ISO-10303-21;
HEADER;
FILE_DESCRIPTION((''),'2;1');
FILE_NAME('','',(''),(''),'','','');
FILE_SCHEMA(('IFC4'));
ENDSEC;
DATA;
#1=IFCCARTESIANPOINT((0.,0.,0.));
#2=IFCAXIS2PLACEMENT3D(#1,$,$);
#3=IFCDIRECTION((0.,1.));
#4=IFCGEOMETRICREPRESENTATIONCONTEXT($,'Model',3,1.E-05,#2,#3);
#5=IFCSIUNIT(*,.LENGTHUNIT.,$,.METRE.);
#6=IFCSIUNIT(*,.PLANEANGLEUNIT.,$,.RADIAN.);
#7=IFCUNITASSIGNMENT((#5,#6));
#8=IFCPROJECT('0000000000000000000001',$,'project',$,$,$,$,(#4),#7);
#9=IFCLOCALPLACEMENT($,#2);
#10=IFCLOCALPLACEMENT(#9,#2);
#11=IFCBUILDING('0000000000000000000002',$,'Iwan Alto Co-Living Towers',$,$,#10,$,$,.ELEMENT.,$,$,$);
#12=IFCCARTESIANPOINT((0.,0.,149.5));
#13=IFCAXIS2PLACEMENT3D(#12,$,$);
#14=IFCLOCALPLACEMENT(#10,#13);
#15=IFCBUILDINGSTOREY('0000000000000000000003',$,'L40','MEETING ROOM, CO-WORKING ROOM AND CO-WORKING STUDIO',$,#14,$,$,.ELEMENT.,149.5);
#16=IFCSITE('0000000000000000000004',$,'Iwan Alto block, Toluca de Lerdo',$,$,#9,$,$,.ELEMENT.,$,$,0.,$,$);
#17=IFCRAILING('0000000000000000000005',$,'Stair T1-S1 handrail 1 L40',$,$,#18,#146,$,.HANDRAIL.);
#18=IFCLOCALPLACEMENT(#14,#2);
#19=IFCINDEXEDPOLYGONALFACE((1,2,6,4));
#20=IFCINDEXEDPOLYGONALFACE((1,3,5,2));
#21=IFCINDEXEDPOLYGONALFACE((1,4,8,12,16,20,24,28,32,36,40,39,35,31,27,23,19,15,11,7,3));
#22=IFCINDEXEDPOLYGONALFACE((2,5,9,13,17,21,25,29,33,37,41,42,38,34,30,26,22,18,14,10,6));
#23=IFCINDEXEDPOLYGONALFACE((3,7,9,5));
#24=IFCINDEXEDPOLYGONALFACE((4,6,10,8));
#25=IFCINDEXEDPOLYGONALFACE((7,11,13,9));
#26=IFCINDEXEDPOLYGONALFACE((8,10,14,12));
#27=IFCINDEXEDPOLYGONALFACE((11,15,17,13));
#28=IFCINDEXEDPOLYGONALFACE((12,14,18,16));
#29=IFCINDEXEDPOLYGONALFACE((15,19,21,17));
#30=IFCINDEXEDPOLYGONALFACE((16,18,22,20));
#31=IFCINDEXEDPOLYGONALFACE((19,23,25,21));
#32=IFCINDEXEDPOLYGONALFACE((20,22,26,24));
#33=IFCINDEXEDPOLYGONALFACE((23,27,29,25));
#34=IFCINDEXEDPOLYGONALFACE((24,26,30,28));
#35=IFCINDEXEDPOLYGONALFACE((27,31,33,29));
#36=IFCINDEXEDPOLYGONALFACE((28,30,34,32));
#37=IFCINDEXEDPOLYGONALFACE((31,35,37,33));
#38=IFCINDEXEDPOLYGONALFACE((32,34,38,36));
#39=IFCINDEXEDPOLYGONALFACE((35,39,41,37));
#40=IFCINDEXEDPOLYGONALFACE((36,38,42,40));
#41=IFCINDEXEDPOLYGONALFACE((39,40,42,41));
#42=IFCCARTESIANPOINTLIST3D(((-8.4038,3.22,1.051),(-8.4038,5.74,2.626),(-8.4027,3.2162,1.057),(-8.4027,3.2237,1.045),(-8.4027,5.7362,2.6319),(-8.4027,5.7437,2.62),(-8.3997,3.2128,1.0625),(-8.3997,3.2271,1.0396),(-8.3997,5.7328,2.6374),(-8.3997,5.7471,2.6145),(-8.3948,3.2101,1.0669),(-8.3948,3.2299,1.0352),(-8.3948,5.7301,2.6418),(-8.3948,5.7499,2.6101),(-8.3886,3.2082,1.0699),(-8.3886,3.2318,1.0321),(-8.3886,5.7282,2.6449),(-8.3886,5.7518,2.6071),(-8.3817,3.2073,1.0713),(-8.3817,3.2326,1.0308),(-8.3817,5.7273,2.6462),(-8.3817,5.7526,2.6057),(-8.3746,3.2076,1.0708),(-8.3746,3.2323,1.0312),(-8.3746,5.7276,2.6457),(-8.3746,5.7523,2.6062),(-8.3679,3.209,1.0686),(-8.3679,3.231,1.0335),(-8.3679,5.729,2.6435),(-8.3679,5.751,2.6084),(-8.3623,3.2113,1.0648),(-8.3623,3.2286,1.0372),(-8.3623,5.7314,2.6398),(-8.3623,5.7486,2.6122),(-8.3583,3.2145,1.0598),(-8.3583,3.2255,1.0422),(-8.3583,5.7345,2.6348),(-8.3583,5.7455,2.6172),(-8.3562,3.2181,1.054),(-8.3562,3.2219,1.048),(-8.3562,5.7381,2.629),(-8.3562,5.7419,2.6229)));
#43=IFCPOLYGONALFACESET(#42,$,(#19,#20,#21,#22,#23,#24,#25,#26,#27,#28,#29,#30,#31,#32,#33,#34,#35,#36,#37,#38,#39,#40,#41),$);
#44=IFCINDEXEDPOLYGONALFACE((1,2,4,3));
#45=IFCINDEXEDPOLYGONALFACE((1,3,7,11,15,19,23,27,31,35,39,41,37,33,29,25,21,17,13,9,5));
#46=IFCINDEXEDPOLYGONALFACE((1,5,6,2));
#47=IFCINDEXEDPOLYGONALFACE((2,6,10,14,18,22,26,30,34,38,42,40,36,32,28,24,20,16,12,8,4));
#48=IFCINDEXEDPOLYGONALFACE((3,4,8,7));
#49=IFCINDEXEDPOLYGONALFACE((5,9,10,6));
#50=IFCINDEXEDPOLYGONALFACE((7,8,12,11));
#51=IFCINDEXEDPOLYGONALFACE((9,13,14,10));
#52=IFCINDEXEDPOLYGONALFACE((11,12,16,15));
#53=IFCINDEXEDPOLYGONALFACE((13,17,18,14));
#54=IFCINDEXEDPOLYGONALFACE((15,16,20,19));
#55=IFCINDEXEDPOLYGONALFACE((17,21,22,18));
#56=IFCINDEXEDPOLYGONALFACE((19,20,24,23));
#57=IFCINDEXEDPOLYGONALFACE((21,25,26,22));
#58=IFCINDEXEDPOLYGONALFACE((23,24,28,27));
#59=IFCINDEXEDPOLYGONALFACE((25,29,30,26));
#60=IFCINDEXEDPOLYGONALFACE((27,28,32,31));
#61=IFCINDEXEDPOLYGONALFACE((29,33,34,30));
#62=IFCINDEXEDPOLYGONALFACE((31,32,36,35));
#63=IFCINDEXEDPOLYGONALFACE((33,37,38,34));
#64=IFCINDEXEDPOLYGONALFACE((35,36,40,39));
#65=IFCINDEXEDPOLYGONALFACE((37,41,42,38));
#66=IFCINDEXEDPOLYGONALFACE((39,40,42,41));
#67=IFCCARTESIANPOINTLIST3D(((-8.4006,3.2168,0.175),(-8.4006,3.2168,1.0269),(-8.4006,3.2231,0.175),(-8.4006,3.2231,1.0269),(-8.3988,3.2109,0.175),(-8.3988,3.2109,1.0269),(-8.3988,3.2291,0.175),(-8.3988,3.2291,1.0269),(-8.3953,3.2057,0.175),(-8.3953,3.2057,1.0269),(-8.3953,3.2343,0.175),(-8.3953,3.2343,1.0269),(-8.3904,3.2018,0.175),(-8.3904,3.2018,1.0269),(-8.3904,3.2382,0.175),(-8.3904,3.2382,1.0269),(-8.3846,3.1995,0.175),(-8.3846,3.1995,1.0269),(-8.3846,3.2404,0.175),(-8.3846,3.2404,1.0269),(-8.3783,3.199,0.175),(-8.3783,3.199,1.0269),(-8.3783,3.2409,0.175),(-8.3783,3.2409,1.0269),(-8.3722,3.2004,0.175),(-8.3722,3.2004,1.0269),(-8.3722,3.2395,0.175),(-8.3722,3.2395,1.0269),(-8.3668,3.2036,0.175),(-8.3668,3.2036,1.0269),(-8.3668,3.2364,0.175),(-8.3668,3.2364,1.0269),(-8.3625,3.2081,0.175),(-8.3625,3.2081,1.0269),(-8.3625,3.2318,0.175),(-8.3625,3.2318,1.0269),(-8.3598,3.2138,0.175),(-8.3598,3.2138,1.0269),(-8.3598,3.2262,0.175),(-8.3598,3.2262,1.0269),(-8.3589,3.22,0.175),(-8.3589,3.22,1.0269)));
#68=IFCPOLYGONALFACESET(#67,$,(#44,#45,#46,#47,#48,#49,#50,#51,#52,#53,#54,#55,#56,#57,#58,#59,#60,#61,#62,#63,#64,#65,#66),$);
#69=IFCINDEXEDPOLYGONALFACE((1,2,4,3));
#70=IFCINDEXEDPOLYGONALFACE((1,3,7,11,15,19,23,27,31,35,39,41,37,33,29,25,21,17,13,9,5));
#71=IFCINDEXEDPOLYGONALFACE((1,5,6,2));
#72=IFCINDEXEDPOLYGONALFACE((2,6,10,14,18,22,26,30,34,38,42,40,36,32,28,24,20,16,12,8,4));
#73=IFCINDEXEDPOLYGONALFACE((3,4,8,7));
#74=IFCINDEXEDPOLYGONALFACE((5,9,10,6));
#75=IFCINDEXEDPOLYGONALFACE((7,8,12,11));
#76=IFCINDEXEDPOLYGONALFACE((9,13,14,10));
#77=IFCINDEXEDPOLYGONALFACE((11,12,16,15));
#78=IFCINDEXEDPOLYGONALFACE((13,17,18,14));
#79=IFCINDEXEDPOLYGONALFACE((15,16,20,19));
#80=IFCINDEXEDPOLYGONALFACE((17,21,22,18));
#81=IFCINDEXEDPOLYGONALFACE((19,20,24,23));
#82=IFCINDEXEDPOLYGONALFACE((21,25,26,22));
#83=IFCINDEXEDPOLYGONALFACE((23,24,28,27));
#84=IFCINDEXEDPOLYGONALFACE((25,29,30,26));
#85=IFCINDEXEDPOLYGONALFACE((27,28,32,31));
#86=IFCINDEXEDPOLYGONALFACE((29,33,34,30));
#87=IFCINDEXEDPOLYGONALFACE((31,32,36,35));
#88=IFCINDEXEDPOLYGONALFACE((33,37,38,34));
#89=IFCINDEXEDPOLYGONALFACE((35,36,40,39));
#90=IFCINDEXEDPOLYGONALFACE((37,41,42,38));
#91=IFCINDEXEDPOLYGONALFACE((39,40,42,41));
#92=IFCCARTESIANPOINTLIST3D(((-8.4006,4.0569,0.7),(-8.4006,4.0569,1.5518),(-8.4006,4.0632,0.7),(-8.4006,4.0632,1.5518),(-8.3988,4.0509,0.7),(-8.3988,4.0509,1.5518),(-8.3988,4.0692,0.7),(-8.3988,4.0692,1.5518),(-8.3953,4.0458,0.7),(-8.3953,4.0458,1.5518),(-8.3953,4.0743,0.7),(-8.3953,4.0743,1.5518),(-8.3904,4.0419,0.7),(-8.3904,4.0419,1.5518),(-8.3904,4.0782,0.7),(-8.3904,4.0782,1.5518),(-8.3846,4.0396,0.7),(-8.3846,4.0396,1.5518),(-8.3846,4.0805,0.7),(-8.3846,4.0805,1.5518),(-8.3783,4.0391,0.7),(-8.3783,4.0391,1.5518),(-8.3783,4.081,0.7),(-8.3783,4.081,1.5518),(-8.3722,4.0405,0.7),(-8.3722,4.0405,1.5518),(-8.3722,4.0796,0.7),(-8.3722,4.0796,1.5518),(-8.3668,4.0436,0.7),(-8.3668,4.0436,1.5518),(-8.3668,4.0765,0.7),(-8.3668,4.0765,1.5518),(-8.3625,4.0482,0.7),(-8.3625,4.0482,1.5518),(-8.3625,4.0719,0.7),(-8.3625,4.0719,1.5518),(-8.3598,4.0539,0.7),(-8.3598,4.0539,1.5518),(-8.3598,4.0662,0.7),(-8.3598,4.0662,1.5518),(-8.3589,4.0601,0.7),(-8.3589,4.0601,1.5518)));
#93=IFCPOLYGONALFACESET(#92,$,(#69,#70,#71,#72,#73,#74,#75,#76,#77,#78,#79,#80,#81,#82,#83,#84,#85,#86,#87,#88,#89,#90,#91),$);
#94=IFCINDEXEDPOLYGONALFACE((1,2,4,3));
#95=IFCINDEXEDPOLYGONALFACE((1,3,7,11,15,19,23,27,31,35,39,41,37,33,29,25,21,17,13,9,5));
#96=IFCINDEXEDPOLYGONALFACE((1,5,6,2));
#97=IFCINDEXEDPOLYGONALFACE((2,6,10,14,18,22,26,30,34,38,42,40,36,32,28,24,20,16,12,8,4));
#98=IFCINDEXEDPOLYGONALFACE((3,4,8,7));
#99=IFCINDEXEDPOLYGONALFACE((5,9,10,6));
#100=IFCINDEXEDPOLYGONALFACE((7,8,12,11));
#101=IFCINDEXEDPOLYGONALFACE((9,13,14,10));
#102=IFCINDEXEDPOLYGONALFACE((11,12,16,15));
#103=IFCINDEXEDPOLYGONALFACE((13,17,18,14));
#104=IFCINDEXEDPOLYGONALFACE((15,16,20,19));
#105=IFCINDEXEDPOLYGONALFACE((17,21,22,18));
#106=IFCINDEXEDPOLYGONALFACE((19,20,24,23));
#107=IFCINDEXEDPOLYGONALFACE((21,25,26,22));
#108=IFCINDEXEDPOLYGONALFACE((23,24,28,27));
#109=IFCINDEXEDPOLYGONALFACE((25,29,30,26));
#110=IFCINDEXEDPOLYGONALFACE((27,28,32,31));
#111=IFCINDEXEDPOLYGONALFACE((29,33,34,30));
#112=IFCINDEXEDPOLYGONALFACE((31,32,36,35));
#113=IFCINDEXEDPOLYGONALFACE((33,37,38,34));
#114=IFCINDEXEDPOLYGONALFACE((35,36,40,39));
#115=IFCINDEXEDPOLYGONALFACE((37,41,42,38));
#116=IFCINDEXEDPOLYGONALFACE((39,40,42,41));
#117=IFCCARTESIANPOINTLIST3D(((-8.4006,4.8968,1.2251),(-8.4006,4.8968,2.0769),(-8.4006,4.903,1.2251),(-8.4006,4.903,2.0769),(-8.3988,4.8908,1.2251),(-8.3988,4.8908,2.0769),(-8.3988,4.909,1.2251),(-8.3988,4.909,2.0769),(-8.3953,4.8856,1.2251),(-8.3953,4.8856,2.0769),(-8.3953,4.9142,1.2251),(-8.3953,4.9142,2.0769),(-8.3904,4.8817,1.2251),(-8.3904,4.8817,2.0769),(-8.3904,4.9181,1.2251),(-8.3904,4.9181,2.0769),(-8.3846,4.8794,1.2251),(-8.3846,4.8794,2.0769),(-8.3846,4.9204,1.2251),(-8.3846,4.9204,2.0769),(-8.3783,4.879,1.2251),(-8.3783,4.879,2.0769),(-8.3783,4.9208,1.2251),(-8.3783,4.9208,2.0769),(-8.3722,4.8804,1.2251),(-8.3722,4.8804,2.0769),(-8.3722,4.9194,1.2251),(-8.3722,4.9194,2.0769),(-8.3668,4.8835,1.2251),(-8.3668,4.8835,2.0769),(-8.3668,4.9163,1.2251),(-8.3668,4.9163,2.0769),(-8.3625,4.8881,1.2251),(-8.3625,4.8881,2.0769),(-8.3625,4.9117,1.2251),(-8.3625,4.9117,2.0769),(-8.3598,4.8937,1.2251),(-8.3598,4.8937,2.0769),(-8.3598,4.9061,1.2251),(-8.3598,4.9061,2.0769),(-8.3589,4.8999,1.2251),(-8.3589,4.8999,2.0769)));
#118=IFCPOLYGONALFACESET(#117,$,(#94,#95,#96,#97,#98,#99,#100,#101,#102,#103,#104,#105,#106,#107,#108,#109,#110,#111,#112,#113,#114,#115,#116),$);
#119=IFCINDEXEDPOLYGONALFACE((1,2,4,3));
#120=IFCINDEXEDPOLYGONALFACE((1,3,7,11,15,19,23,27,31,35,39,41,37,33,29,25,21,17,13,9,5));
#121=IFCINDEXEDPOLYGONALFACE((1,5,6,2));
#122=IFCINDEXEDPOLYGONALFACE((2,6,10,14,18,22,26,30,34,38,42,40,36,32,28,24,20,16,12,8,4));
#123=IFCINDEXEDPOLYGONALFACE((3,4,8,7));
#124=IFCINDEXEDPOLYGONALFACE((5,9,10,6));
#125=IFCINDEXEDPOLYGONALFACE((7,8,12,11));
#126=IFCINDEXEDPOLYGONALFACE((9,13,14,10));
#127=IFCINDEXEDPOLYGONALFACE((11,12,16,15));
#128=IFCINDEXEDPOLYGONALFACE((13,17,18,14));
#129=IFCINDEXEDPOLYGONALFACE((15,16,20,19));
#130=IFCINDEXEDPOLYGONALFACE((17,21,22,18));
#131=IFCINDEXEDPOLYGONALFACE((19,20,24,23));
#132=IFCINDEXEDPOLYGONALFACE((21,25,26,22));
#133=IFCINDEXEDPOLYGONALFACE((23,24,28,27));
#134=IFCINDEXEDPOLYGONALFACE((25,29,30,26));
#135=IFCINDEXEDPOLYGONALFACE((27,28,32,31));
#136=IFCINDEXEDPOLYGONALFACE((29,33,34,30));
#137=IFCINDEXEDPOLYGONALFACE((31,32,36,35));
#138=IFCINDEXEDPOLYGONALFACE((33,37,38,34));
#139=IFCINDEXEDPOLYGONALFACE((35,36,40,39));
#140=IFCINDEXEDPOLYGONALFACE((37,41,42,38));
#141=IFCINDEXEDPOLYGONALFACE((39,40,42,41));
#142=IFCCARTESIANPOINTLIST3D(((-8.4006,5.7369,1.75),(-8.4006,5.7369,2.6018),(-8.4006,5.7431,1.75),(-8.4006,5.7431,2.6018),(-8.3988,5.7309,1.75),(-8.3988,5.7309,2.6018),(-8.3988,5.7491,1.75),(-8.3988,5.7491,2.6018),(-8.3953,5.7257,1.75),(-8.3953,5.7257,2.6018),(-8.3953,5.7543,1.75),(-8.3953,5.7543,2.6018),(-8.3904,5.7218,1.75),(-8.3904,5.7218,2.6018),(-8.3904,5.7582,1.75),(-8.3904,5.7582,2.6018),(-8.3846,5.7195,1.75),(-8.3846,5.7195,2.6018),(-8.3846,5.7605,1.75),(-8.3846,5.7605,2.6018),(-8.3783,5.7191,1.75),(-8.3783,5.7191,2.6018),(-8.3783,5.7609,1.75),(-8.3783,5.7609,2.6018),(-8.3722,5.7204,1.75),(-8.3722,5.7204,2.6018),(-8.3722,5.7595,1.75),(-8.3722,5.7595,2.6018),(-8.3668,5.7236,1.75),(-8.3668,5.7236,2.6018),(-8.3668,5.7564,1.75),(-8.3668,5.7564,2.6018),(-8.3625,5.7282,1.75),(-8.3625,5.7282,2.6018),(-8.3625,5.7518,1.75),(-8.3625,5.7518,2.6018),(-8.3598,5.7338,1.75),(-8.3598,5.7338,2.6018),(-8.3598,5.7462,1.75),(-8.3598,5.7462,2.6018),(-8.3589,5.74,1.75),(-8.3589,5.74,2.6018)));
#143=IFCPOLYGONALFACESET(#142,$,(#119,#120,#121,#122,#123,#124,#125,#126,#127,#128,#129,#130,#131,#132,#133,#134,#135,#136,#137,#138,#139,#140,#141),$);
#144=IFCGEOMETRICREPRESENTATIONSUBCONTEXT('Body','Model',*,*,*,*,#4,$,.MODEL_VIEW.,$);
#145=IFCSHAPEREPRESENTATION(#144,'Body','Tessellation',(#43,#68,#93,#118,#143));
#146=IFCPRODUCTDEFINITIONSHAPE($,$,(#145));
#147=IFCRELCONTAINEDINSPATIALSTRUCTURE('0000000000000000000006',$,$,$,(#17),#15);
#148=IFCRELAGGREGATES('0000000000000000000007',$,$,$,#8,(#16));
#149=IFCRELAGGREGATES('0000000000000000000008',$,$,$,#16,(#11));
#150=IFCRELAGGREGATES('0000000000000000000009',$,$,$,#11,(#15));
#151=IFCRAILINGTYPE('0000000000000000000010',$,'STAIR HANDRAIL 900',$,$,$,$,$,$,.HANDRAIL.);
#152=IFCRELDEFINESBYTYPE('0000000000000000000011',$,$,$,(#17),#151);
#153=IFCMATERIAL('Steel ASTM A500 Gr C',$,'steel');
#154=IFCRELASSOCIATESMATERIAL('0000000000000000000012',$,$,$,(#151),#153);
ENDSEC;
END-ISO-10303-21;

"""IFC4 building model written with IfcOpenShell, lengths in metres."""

from ifc_helpers import new_model, si_unit, direction, frame, origin, origin_2d, place, context, subcontext, project, spatial, circle, extrude, material, type_object, element, save


model = new_model("IFC4")

# Units and contexts
model_context = context("Model", 3, precision=1e-05, world=origin(), true_north=direction((0.0, 1.0)))
body_context = subcontext(model_context, "Body", "Model", "MODEL_VIEW")
ifc_project = project(units=[si_unit("LENGTHUNIT", "METRE"), si_unit("PLANEANGLEUNIT", "RADIAN")], contexts=[model_context])

# Site, building, storey
site_placement = place(None, origin())
site = spatial("IfcSite", under=ifc_project, at=site_placement, Name="Iwan Alto block, Toluca de Lerdo", CompositionType="ELEMENT", RefElevation=0.0)
building_placement = place(site_placement, origin())
building = spatial("IfcBuilding", under=site, at=building_placement, Name="Iwan Alto Co-Living Towers", CompositionType="ELEMENT")
storey_placement = place(building_placement, frame((0.0, 0.0, 149.5)))
storey = spatial("IfcBuildingStorey", under=building, at=storey_placement, Name="L40", Description="MEETING ROOM, CO-WORKING ROOM AND CO-WORKING STUDIO", CompositionType="ELEMENT", Elevation=149.5)

# Railing
ifc_material_1 = material(Name="Steel ASTM A500 Gr C", Category="steel")
railing_type_1 = type_object("IfcRailingType", Name="STAIR HANDRAIL 900", PredefinedType="HANDRAIL", material=ifc_material_1)
railing_1_placement = place(storey_placement, frame((-8.3799, 3.22, 0.175)))
element("IfcRailing", 1, at=railing_1_placement, inside=storey, type_object=railing_type_1, Name="Stair T1-S1 handrail 1 L40", PredefinedType="HANDRAIL", context=body_context, shape_type="SweptSolid", body=[
    extrude(circle(Radius=0.0239, at=origin_2d()), frame((0.0, 0.0, 0.876), z_axis=(0.0, 0.848008, 0.529984), x_axis=(-1.0, 0.0, 0.0)), (0.0, 0.0, 1.0), 2.9717),
    extrude(circle(Radius=0.021, at=origin_2d()), origin(), (0.0, 0.0, 1.0), 0.8518),
    extrude(circle(Radius=0.021, at=origin_2d()), frame((0.0, 0.8401, 0.5249)), (0.0, 0.0, 1.0), 0.8518),
    extrude(circle(Radius=0.021, at=origin_2d()), frame((0.0, 1.6799, 1.05)), (0.0, 0.0, 1.0), 0.8518),
    extrude(circle(Radius=0.021, at=origin_2d()), frame((0.0, 2.52, 1.575)), (0.0, 0.0, 1.0), 0.8518),
])

save(model, "model.ifc")
